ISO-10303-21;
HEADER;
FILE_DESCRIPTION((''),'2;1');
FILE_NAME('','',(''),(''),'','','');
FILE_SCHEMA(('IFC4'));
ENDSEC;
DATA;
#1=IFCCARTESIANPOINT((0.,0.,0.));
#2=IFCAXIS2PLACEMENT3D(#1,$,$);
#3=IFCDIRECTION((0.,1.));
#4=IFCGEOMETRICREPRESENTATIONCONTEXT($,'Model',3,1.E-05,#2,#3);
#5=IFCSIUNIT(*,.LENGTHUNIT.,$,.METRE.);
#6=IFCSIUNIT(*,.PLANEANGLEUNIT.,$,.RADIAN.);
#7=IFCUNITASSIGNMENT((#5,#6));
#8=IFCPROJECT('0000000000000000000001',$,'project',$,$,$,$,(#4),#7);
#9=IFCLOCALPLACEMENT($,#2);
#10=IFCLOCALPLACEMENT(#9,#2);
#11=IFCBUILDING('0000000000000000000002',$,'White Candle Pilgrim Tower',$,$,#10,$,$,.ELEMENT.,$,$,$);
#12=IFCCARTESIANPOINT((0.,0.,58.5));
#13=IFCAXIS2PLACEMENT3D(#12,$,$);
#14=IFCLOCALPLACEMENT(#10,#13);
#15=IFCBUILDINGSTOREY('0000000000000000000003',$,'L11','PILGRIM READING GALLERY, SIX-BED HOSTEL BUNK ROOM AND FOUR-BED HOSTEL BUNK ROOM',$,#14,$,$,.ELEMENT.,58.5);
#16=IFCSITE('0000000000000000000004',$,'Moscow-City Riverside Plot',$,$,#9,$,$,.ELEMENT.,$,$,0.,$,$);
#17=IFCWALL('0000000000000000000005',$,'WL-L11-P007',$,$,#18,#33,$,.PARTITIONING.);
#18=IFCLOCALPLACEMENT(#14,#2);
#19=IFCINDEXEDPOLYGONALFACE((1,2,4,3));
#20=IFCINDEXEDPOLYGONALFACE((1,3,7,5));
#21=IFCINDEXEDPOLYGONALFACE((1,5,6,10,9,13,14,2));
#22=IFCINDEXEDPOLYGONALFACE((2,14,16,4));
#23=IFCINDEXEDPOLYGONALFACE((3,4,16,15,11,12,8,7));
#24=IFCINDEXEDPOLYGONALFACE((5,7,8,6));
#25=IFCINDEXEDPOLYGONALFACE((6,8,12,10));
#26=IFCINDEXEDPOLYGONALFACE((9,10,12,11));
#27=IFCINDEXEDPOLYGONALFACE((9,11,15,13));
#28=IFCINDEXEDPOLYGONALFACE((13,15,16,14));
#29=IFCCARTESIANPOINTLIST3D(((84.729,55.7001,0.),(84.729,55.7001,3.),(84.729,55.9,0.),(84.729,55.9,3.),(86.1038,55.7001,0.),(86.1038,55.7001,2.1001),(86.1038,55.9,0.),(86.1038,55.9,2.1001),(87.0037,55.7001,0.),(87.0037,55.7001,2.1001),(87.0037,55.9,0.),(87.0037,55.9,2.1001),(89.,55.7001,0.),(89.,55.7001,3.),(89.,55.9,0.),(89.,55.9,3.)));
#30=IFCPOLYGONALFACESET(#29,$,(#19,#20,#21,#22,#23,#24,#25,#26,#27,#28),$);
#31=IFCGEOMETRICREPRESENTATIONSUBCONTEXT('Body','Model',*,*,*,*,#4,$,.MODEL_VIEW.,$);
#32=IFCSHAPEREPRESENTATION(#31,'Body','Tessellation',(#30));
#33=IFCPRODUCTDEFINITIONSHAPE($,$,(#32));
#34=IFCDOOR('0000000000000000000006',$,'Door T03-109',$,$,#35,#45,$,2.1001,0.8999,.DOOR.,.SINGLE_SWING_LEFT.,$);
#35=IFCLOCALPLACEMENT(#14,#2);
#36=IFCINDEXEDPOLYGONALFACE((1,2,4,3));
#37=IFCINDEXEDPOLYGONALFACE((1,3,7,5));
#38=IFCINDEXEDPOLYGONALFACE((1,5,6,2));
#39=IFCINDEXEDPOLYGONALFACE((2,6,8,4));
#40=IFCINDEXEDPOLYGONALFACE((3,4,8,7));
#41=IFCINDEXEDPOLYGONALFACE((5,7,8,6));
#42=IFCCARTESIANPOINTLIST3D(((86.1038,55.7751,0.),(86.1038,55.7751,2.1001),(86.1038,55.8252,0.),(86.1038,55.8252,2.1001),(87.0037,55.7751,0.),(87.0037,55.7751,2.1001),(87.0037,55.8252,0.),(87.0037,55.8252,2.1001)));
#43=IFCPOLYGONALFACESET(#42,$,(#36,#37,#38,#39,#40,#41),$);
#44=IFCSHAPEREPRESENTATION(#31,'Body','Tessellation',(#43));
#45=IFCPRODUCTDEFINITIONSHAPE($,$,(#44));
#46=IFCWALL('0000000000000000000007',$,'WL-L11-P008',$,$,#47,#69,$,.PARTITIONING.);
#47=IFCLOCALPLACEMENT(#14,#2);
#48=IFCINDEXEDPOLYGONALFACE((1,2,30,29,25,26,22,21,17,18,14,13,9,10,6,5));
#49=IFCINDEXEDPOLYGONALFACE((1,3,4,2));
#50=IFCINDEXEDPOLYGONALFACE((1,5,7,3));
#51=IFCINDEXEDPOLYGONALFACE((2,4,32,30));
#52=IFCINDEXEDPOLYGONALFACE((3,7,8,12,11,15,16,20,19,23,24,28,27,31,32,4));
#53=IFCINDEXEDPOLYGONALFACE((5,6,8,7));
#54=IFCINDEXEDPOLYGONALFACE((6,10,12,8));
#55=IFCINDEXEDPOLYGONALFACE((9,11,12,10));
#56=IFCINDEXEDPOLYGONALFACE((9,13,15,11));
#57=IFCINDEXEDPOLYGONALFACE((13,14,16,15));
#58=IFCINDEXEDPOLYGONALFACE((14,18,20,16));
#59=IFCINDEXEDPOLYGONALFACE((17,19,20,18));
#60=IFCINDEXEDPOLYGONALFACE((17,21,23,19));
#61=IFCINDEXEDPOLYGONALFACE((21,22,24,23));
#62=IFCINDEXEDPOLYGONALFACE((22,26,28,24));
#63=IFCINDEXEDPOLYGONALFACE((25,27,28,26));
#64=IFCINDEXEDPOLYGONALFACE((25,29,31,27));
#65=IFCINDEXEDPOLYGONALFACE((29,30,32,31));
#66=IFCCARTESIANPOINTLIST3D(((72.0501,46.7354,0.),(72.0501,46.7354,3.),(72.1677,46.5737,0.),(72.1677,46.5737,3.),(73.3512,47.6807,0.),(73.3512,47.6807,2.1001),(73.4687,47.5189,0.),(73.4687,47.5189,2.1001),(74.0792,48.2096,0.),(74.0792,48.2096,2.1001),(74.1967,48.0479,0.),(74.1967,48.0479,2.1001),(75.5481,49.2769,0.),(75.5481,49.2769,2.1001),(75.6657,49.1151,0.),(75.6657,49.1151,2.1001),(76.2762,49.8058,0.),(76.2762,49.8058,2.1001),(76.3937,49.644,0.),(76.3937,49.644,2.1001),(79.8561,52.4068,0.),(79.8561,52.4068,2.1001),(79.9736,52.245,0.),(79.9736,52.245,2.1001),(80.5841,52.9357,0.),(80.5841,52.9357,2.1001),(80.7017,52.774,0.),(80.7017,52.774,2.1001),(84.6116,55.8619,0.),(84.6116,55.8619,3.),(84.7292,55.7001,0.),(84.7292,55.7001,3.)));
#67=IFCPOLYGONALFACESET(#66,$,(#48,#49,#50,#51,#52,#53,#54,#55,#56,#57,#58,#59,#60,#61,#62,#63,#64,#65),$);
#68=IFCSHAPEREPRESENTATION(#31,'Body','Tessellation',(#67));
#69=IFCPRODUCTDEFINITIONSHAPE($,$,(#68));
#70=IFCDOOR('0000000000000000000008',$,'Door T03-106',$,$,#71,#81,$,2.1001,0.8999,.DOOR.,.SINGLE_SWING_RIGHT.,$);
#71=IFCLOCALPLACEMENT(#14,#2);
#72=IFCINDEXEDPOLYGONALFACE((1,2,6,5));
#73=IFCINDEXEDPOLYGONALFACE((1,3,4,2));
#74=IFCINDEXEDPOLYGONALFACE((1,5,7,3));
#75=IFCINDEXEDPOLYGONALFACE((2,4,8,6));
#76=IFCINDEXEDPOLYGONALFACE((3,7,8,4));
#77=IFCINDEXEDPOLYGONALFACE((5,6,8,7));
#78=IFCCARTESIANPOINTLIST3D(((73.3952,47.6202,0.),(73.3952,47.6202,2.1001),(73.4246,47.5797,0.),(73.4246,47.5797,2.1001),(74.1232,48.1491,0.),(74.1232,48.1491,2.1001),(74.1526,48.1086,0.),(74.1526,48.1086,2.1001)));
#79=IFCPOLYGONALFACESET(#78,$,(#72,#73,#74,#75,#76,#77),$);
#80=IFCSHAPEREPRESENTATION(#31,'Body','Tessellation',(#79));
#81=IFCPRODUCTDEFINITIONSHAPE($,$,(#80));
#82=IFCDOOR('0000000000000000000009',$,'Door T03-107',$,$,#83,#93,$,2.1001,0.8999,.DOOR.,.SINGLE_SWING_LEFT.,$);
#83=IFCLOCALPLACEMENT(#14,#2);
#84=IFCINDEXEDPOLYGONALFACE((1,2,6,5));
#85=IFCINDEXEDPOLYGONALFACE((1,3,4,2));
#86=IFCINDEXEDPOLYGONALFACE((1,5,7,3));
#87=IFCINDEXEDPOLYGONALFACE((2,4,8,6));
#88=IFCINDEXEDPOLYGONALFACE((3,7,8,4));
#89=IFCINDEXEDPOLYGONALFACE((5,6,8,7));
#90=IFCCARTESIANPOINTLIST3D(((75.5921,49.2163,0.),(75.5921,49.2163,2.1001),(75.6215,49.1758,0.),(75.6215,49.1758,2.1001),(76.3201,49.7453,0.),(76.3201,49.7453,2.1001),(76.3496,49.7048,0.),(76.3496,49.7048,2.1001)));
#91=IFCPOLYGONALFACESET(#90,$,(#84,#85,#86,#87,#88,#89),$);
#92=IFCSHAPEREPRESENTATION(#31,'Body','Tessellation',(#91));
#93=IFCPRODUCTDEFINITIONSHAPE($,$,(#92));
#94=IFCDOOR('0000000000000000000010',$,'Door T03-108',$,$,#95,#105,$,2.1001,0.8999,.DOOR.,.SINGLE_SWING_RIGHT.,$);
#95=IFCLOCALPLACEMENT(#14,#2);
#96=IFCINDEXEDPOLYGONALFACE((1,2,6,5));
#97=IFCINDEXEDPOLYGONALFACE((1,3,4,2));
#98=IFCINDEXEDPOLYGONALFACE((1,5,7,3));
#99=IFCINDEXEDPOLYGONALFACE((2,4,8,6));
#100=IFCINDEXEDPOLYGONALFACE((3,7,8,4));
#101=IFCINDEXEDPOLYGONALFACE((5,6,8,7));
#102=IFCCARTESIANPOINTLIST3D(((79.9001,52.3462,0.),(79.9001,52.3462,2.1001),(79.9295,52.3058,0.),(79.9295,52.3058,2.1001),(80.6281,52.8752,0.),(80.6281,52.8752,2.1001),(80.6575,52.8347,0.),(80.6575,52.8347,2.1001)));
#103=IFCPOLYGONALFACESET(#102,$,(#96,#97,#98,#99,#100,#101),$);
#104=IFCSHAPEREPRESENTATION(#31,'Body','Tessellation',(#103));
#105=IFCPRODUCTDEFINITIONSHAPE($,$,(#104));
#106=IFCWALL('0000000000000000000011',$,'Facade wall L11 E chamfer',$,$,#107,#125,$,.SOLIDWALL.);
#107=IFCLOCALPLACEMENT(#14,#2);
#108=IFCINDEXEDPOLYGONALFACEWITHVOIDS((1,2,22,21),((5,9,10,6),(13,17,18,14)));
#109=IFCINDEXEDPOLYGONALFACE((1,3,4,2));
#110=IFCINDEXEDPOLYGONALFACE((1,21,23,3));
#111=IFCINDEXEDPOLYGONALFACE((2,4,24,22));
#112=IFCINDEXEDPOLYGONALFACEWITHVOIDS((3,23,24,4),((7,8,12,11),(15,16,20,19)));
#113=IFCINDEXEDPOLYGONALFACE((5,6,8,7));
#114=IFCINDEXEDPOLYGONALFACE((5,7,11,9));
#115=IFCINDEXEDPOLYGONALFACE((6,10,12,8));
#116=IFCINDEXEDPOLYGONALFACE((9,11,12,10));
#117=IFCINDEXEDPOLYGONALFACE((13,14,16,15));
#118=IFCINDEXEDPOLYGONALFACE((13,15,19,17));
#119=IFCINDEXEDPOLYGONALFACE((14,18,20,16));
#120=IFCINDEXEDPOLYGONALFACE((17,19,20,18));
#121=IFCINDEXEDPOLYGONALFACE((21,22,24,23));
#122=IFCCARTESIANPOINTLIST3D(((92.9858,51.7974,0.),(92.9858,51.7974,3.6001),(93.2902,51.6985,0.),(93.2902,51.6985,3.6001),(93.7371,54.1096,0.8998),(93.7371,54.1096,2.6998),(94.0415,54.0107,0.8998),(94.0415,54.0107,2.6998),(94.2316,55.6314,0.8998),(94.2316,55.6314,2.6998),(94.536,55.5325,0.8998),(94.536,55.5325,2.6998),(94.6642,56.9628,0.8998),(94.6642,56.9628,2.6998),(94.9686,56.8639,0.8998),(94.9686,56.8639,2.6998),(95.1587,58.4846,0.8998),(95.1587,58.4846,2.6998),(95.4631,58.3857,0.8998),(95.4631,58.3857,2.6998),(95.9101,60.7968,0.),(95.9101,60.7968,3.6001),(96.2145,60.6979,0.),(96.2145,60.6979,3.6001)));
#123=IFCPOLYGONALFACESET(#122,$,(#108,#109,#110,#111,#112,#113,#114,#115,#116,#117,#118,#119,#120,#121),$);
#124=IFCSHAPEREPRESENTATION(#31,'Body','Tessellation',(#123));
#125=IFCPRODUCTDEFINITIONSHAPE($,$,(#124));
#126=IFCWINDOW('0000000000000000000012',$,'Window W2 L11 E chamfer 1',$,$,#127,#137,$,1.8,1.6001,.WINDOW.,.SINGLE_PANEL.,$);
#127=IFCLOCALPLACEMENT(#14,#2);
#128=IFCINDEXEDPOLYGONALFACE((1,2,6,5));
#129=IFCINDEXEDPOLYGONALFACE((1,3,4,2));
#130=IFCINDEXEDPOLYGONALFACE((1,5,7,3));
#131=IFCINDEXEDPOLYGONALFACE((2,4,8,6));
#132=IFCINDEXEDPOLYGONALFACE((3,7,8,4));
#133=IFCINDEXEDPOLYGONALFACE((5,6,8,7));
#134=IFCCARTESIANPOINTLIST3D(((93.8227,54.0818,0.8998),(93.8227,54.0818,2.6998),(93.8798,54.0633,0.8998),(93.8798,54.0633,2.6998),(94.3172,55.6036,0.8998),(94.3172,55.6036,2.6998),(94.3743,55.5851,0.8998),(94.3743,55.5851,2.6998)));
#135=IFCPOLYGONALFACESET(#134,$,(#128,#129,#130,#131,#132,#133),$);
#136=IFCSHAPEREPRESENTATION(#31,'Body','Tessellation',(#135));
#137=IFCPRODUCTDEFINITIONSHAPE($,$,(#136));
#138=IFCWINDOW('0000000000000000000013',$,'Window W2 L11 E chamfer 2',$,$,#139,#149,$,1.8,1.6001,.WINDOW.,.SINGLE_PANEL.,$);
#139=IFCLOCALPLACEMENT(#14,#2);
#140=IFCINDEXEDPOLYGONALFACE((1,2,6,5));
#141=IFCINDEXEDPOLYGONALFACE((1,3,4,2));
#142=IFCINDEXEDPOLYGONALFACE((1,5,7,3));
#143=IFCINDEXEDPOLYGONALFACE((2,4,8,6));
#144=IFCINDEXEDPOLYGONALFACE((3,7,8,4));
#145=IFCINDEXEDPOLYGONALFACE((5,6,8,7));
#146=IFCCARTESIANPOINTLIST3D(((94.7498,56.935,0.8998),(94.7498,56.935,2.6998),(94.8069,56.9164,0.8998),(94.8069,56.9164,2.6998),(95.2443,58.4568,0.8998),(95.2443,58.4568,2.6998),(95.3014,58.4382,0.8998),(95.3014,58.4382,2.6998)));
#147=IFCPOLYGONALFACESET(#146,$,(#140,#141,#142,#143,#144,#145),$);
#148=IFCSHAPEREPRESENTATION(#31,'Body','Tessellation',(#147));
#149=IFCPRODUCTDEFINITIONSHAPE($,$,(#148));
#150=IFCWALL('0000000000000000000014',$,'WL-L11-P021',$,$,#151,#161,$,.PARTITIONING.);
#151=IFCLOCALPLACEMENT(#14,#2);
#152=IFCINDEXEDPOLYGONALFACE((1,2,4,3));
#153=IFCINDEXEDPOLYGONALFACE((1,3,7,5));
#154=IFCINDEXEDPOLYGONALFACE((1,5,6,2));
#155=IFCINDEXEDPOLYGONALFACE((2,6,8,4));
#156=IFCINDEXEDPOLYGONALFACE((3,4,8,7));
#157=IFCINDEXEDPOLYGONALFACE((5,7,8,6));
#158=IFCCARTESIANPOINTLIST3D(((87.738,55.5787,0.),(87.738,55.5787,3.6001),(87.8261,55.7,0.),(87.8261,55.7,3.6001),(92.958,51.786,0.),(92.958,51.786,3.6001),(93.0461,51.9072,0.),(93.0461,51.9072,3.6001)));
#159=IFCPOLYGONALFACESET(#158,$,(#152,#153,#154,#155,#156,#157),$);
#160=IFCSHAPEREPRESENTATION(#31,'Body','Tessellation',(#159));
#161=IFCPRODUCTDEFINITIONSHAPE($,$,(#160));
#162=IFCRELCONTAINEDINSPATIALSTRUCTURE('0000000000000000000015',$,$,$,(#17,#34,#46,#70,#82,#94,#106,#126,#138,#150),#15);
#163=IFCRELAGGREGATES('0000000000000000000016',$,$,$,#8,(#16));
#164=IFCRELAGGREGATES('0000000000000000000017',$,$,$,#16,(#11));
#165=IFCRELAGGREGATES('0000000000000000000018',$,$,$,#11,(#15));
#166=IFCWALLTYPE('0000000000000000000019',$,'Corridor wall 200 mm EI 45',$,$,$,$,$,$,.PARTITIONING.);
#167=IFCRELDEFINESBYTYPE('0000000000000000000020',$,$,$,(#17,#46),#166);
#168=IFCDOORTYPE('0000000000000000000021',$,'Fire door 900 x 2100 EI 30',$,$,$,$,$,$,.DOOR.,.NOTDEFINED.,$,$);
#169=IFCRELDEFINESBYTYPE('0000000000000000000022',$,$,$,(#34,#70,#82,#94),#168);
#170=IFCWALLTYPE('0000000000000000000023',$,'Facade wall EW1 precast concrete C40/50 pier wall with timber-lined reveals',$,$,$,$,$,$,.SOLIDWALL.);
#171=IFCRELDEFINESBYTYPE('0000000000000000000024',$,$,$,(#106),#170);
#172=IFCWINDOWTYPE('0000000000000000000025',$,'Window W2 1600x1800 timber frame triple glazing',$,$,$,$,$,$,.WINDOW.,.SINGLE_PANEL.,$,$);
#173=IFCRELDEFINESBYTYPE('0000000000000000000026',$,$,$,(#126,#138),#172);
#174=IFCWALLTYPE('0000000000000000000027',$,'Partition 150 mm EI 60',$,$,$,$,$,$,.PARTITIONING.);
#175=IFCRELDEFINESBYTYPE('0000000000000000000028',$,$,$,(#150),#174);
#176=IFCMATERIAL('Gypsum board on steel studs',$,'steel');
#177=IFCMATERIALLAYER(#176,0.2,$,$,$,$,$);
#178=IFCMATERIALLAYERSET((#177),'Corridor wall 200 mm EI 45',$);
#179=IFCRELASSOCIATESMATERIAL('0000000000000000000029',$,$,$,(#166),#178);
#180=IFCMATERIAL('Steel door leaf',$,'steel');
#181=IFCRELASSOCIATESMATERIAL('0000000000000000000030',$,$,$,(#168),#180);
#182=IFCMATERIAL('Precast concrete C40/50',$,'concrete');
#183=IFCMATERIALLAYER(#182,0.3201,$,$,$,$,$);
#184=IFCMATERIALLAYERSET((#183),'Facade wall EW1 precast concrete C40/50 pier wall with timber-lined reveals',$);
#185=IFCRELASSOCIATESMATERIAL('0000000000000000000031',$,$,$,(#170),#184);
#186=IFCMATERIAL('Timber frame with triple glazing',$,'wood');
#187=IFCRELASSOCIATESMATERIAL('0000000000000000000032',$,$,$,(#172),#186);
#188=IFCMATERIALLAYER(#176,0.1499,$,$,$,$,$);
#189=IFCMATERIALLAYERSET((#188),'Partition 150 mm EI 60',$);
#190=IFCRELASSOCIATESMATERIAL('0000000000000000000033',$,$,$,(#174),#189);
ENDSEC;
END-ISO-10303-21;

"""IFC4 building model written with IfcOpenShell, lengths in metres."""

from ifc_helpers import new_model, si_unit, direction, frame, frame_2d, origin, place, context, subcontext, project, spatial, rectangle, extrude, material, layer, layer_set, type_object, element, fill, save


model = new_model("IFC4")

# Units and contexts
model_context = context("Model", 3, precision=1e-05, world=origin(), true_north=direction((0.0, 1.0)))
body_context = subcontext(model_context, "Body", "Model", "MODEL_VIEW")
ifc_project = project(units=[si_unit("LENGTHUNIT", "METRE"), si_unit("PLANEANGLEUNIT", "RADIAN")], contexts=[model_context])

# Site, building, storey
site_placement = place(None, origin())
site = spatial("IfcSite", under=ifc_project, at=site_placement, Name="Moscow-City Riverside Plot", CompositionType="ELEMENT", RefElevation=0.0)
building_placement = place(site_placement, origin())
building = spatial("IfcBuilding", under=site, at=building_placement, Name="White Candle Pilgrim Tower", CompositionType="ELEMENT")
storey_placement = place(building_placement, frame((0.0, 0.0, 58.5)))
storey = spatial("IfcBuildingStorey", under=building, at=storey_placement, Name="L11", Description="PILGRIM READING GALLERY, SIX-BED HOSTEL BUNK ROOM AND FOUR-BED HOSTEL BUNK ROOM", CompositionType="ELEMENT", Elevation=58.5)

# Wall, opening, door
ifc_material_1 = material(Name="Gypsum board on steel studs", Category="steel")
ifc_layer_1 = layer(ifc_material_1, 0.2)
ifc_layer_set_1 = layer_set([ifc_layer_1], Name="Corridor wall 200 mm EI 45")
wall_type_1 = type_object("IfcWallType", Name="Corridor wall 200 mm EI 45", PredefinedType="PARTITIONING", material=ifc_layer_set_1)
wall_1_placement = place(storey_placement, frame((89.0, 55.8, 0.0), z_axis=(0.0, 0.0, 1.0), x_axis=(-1.0, 0.0, 0.0)))
wall_1 = element("IfcWall", 1, at=wall_1_placement, inside=storey, type_object=wall_type_1, Name="WL-L11-P007", PredefinedType="PARTITIONING", context=body_context, shape_type="SweptSolid", body=[
    extrude(rectangle(XDim=4.271, YDim=0.2, at=frame_2d((2.1355, 0.0))), origin(), (0.0, 0.0, 1.0), 3.0),
])
opening_1_placement = place(wall_1_placement, frame((1.9963, 0.0, 0.0)))
opening_1 = element("IfcOpeningElement", 2, at=opening_1_placement, cuts=wall_1, PredefinedType="OPENING", context=body_context, shape_type="SweptSolid", body=[
    extrude(rectangle(XDim=0.8999, YDim=2.1001, at=frame_2d((0.45, 1.05))), frame((0.0, 0.1099, 0.0), z_axis=(0.0, -1.0, 0.0), x_axis=(1.0, 0.0, 0.0)), (0.0, 0.0, 1.0), 0.22),
])
ifc_material_2 = material(Name="Steel door leaf", Category="steel")
door_type = type_object("IfcDoorType", Name="Fire door 900 x 2100 EI 30", OperationType="NOTDEFINED", PredefinedType="DOOR", material=ifc_material_2)
door_1_placement = place(opening_1_placement, origin())
door_1 = element("IfcDoor", 3, at=door_1_placement, inside=storey, type_object=door_type, Name="Door T03-109", OperationType="SINGLE_SWING_LEFT", OverallHeight=2.1001, OverallWidth=0.8999, PredefinedType="DOOR", context=body_context, shape_type="SweptSolid", body=[
    extrude(rectangle(XDim=0.8999, YDim=2.1001, at=frame_2d((0.45, 1.05))), frame((0.0, 0.0249, 0.0), z_axis=(0.0, -1.0, 0.0), x_axis=(1.0, 0.0, 0.0)), (0.0, 0.0, 1.0), 0.05),
])
fill(opening_1, door_1)

# Wall, openings, doors
wall_2_placement = place(storey_placement, frame((84.6704, 55.781, 0.0), z_axis=(0.0, 0.0, 1.0), x_axis=(-0.809017, -0.587785, 0.0)))
wall_2 = element("IfcWall", 4, at=wall_2_placement, inside=storey, type_object=wall_type_1, Name="WL-L11-P008", PredefinedType="PARTITIONING", context=body_context, shape_type="SweptSolid", body=[
    extrude(rectangle(XDim=15.5269, YDim=0.2, at=frame_2d((7.7634, 0.0))), origin(), (0.0, 0.0, 1.0), 3.0),
])
opening_2_placement = place(wall_2_placement, frame((13.0188, 0.0, 0.0)))
opening_2 = element("IfcOpeningElement", 5, at=opening_2_placement, cuts=wall_2, PredefinedType="OPENING", context=body_context, shape_type="SweptSolid", body=[
    extrude(rectangle(XDim=0.8999, YDim=2.1001, at=frame_2d((0.45, 1.05))), frame((0.0, 0.1099, 0.0), z_axis=(0.0, -1.0, 0.0), x_axis=(1.0, 0.0, 0.0)), (0.0, 0.0, 1.0), 0.22),
])
opening_3_placement = place(wall_2_placement, frame((10.3032, 0.0, 0.0)))
opening_3 = element("IfcOpeningElement", 6, at=opening_3_placement, cuts=wall_2, PredefinedType="OPENING", context=body_context, shape_type="SweptSolid", body=[
    extrude(rectangle(XDim=0.8999, YDim=2.1001, at=frame_2d((0.45, 1.05))), frame((0.0, 0.1099, 0.0), z_axis=(0.0, -1.0, 0.0), x_axis=(1.0, 0.0, 0.0)), (0.0, 0.0, 1.0), 0.22),
])
opening_4_placement = place(wall_2_placement, frame((4.9783, 0.0, 0.0)))
opening_4 = element("IfcOpeningElement", 7, at=opening_4_placement, cuts=wall_2, PredefinedType="OPENING", context=body_context, shape_type="SweptSolid", body=[
    extrude(rectangle(XDim=0.8999, YDim=2.1001, at=frame_2d((0.45, 1.05))), frame((0.0, 0.1099, 0.0), z_axis=(0.0, -1.0, 0.0), x_axis=(1.0, 0.0, 0.0)), (0.0, 0.0, 1.0), 0.22),
])
door_2_placement = place(opening_2_placement, origin())
door_2 = element("IfcDoor", 8, at=door_2_placement, inside=storey, type_object=door_type, Name="Door T03-106", OperationType="SINGLE_SWING_RIGHT", OverallHeight=2.1001, OverallWidth=0.8999, PredefinedType="DOOR", context=body_context, shape_type="SweptSolid", body=[
    extrude(rectangle(XDim=0.8999, YDim=2.1001, at=frame_2d((0.45, 1.05))), frame((0.0, 0.0249, 0.0), z_axis=(0.0, -1.0, 0.0), x_axis=(1.0, 0.0, 0.0)), (0.0, 0.0, 1.0), 0.05),
])
fill(opening_2, door_2)
door_3_placement = place(opening_3_placement, origin())
door_3 = element("IfcDoor", 9, at=door_3_placement, inside=storey, type_object=door_type, Name="Door T03-107", OperationType="SINGLE_SWING_LEFT", OverallHeight=2.1001, OverallWidth=0.8999, PredefinedType="DOOR", context=body_context, shape_type="SweptSolid", body=[
    extrude(rectangle(XDim=0.8999, YDim=2.1001, at=frame_2d((0.45, 1.05))), frame((0.0, 0.0249, 0.0), z_axis=(0.0, -1.0, 0.0), x_axis=(1.0, 0.0, 0.0)), (0.0, 0.0, 1.0), 0.05),
])
fill(opening_3, door_3)
door_4_placement = place(opening_4_placement, origin())
door_4 = element("IfcDoor", 10, at=door_4_placement, inside=storey, type_object=door_type, Name="Door T03-108", OperationType="SINGLE_SWING_RIGHT", OverallHeight=2.1001, OverallWidth=0.8999, PredefinedType="DOOR", context=body_context, shape_type="SweptSolid", body=[
    extrude(rectangle(XDim=0.8999, YDim=2.1001, at=frame_2d((0.45, 1.05))), frame((0.0, 0.0249, 0.0), z_axis=(0.0, -1.0, 0.0), x_axis=(1.0, 0.0, 0.0)), (0.0, 0.0, 1.0), 0.05),
])
fill(opening_4, door_4)

# Wall, openings, windows
ifc_material_3 = material(Name="Precast concrete C40/50", Category="concrete")
ifc_layer_2 = layer(ifc_material_3, 0.3201)
ifc_layer_set_2 = layer_set([ifc_layer_2], Name="Facade wall EW1 precast concrete C40/50 pier wall with timber-lined reveals")
wall_type_2 = type_object("IfcWallType", Name="Facade wall EW1 precast concrete C40/50 pier wall with timber-lined reveals", PredefinedType="SOLIDWALL", material=ifc_layer_set_2)
wall_3_placement = place(storey_placement, frame((93.1379, 51.7478, 0.0), z_axis=(0.0, 0.0, 1.0), x_axis=(0.309036, 0.95105, 0.0)))
wall_3 = element("IfcWall", 11, at=wall_3_placement, inside=storey, type_object=wall_type_2, Name="Facade wall L11 E chamfer", PredefinedType="SOLIDWALL", context=body_context, shape_type="SweptSolid", body=[
    extrude(rectangle(XDim=9.4626, YDim=0.3201, at=frame_2d((4.7314, 0.0))), origin(), (0.0, 0.0, 1.0), 3.6001),
])
opening_5_placement = place(wall_3_placement, frame((2.4314, 0.0, 0.8999)))
opening_5 = element("IfcOpeningElement", 12, at=opening_5_placement, cuts=wall_3, PredefinedType="OPENING", context=body_context, shape_type="SweptSolid", body=[
    extrude(rectangle(XDim=1.6001, YDim=1.8, at=frame_2d((0.8, 0.8999))), frame((0.0, 0.1699, 0.0), z_axis=(0.0, -1.0, 0.0), x_axis=(1.0, 0.0, 0.0)), (0.0, 0.0, 1.0), 0.3401),
])
opening_6_placement = place(wall_3_placement, frame((5.4314, 0.0, 0.8999)))
opening_6 = element("IfcOpeningElement", 13, at=opening_6_placement, cuts=wall_3, PredefinedType="OPENING", context=body_context, shape_type="SweptSolid", body=[
    extrude(rectangle(XDim=1.6001, YDim=1.8, at=frame_2d((0.8, 0.8999))), frame((0.0, 0.1699, 0.0), z_axis=(0.0, -1.0, 0.0), x_axis=(1.0, 0.0, 0.0)), (0.0, 0.0, 1.0), 0.3401),
])
ifc_material_4 = material(Name="Timber frame with triple glazing", Category="wood")
window_type = type_object("IfcWindowType", Name="Window W2 1600x1800 timber frame triple glazing", PartitioningType="SINGLE_PANEL", PredefinedType="WINDOW", material=ifc_material_4)
window_1_placement = place(opening_5_placement, origin())
window_1 = element("IfcWindow", 14, at=window_1_placement, inside=storey, type_object=window_type, Name="Window W2 L11 E chamfer 1", OverallHeight=1.8, OverallWidth=1.6001, PartitioningType="SINGLE_PANEL", PredefinedType="WINDOW", context=body_context, shape_type="SweptSolid", body=[
    extrude(rectangle(XDim=1.6001, YDim=1.8, at=frame_2d((0.8, 0.8999))), frame((0.0, 0.0701, 0.0), z_axis=(0.0, -1.0, 0.0), x_axis=(1.0, 0.0, 0.0)), (0.0, 0.0, 1.0), 0.0601),
])
fill(opening_5, window_1)
window_2_placement = place(opening_6_placement, origin())
window_2 = element("IfcWindow", 15, at=window_2_placement, inside=storey, type_object=window_type, Name="Window W2 L11 E chamfer 2", OverallHeight=1.8, OverallWidth=1.6001, PartitioningType="SINGLE_PANEL", PredefinedType="WINDOW", context=body_context, shape_type="SweptSolid", body=[
    extrude(rectangle(XDim=1.6001, YDim=1.8, at=frame_2d((0.8, 0.8999))), frame((0.0, 0.0701, 0.0), z_axis=(0.0, -1.0, 0.0), x_axis=(1.0, 0.0, 0.0)), (0.0, 0.0, 1.0), 0.0601),
])
fill(opening_6, window_2)

# Wall
ifc_layer_3 = layer(ifc_material_1, 0.1499)
ifc_layer_set_3 = layer_set([ifc_layer_3], Name="Partition 150 mm EI 60")
wall_type_3 = type_object("IfcWallType", Name="Partition 150 mm EI 60", PredefinedType="PARTITIONING", material=ifc_layer_set_3)
wall_4_placement = place(storey_placement, frame((93.002, 51.8467, 0.0), z_axis=(0.0, 0.0, 1.0), x_axis=(-0.809003, 0.587805, 0.0)))
element("IfcWall", 16, at=wall_4_placement, inside=storey, type_object=wall_type_3, Name="WL-L11-P021", PredefinedType="PARTITIONING", context=body_context, shape_type="SweptSolid", body=[
    extrude(rectangle(XDim=6.4524, YDim=0.1499, at=frame_2d((3.2261, 0.0))), origin(), (0.0, 0.0, 1.0), 3.6001),
])

save(model, "model.ifc")
